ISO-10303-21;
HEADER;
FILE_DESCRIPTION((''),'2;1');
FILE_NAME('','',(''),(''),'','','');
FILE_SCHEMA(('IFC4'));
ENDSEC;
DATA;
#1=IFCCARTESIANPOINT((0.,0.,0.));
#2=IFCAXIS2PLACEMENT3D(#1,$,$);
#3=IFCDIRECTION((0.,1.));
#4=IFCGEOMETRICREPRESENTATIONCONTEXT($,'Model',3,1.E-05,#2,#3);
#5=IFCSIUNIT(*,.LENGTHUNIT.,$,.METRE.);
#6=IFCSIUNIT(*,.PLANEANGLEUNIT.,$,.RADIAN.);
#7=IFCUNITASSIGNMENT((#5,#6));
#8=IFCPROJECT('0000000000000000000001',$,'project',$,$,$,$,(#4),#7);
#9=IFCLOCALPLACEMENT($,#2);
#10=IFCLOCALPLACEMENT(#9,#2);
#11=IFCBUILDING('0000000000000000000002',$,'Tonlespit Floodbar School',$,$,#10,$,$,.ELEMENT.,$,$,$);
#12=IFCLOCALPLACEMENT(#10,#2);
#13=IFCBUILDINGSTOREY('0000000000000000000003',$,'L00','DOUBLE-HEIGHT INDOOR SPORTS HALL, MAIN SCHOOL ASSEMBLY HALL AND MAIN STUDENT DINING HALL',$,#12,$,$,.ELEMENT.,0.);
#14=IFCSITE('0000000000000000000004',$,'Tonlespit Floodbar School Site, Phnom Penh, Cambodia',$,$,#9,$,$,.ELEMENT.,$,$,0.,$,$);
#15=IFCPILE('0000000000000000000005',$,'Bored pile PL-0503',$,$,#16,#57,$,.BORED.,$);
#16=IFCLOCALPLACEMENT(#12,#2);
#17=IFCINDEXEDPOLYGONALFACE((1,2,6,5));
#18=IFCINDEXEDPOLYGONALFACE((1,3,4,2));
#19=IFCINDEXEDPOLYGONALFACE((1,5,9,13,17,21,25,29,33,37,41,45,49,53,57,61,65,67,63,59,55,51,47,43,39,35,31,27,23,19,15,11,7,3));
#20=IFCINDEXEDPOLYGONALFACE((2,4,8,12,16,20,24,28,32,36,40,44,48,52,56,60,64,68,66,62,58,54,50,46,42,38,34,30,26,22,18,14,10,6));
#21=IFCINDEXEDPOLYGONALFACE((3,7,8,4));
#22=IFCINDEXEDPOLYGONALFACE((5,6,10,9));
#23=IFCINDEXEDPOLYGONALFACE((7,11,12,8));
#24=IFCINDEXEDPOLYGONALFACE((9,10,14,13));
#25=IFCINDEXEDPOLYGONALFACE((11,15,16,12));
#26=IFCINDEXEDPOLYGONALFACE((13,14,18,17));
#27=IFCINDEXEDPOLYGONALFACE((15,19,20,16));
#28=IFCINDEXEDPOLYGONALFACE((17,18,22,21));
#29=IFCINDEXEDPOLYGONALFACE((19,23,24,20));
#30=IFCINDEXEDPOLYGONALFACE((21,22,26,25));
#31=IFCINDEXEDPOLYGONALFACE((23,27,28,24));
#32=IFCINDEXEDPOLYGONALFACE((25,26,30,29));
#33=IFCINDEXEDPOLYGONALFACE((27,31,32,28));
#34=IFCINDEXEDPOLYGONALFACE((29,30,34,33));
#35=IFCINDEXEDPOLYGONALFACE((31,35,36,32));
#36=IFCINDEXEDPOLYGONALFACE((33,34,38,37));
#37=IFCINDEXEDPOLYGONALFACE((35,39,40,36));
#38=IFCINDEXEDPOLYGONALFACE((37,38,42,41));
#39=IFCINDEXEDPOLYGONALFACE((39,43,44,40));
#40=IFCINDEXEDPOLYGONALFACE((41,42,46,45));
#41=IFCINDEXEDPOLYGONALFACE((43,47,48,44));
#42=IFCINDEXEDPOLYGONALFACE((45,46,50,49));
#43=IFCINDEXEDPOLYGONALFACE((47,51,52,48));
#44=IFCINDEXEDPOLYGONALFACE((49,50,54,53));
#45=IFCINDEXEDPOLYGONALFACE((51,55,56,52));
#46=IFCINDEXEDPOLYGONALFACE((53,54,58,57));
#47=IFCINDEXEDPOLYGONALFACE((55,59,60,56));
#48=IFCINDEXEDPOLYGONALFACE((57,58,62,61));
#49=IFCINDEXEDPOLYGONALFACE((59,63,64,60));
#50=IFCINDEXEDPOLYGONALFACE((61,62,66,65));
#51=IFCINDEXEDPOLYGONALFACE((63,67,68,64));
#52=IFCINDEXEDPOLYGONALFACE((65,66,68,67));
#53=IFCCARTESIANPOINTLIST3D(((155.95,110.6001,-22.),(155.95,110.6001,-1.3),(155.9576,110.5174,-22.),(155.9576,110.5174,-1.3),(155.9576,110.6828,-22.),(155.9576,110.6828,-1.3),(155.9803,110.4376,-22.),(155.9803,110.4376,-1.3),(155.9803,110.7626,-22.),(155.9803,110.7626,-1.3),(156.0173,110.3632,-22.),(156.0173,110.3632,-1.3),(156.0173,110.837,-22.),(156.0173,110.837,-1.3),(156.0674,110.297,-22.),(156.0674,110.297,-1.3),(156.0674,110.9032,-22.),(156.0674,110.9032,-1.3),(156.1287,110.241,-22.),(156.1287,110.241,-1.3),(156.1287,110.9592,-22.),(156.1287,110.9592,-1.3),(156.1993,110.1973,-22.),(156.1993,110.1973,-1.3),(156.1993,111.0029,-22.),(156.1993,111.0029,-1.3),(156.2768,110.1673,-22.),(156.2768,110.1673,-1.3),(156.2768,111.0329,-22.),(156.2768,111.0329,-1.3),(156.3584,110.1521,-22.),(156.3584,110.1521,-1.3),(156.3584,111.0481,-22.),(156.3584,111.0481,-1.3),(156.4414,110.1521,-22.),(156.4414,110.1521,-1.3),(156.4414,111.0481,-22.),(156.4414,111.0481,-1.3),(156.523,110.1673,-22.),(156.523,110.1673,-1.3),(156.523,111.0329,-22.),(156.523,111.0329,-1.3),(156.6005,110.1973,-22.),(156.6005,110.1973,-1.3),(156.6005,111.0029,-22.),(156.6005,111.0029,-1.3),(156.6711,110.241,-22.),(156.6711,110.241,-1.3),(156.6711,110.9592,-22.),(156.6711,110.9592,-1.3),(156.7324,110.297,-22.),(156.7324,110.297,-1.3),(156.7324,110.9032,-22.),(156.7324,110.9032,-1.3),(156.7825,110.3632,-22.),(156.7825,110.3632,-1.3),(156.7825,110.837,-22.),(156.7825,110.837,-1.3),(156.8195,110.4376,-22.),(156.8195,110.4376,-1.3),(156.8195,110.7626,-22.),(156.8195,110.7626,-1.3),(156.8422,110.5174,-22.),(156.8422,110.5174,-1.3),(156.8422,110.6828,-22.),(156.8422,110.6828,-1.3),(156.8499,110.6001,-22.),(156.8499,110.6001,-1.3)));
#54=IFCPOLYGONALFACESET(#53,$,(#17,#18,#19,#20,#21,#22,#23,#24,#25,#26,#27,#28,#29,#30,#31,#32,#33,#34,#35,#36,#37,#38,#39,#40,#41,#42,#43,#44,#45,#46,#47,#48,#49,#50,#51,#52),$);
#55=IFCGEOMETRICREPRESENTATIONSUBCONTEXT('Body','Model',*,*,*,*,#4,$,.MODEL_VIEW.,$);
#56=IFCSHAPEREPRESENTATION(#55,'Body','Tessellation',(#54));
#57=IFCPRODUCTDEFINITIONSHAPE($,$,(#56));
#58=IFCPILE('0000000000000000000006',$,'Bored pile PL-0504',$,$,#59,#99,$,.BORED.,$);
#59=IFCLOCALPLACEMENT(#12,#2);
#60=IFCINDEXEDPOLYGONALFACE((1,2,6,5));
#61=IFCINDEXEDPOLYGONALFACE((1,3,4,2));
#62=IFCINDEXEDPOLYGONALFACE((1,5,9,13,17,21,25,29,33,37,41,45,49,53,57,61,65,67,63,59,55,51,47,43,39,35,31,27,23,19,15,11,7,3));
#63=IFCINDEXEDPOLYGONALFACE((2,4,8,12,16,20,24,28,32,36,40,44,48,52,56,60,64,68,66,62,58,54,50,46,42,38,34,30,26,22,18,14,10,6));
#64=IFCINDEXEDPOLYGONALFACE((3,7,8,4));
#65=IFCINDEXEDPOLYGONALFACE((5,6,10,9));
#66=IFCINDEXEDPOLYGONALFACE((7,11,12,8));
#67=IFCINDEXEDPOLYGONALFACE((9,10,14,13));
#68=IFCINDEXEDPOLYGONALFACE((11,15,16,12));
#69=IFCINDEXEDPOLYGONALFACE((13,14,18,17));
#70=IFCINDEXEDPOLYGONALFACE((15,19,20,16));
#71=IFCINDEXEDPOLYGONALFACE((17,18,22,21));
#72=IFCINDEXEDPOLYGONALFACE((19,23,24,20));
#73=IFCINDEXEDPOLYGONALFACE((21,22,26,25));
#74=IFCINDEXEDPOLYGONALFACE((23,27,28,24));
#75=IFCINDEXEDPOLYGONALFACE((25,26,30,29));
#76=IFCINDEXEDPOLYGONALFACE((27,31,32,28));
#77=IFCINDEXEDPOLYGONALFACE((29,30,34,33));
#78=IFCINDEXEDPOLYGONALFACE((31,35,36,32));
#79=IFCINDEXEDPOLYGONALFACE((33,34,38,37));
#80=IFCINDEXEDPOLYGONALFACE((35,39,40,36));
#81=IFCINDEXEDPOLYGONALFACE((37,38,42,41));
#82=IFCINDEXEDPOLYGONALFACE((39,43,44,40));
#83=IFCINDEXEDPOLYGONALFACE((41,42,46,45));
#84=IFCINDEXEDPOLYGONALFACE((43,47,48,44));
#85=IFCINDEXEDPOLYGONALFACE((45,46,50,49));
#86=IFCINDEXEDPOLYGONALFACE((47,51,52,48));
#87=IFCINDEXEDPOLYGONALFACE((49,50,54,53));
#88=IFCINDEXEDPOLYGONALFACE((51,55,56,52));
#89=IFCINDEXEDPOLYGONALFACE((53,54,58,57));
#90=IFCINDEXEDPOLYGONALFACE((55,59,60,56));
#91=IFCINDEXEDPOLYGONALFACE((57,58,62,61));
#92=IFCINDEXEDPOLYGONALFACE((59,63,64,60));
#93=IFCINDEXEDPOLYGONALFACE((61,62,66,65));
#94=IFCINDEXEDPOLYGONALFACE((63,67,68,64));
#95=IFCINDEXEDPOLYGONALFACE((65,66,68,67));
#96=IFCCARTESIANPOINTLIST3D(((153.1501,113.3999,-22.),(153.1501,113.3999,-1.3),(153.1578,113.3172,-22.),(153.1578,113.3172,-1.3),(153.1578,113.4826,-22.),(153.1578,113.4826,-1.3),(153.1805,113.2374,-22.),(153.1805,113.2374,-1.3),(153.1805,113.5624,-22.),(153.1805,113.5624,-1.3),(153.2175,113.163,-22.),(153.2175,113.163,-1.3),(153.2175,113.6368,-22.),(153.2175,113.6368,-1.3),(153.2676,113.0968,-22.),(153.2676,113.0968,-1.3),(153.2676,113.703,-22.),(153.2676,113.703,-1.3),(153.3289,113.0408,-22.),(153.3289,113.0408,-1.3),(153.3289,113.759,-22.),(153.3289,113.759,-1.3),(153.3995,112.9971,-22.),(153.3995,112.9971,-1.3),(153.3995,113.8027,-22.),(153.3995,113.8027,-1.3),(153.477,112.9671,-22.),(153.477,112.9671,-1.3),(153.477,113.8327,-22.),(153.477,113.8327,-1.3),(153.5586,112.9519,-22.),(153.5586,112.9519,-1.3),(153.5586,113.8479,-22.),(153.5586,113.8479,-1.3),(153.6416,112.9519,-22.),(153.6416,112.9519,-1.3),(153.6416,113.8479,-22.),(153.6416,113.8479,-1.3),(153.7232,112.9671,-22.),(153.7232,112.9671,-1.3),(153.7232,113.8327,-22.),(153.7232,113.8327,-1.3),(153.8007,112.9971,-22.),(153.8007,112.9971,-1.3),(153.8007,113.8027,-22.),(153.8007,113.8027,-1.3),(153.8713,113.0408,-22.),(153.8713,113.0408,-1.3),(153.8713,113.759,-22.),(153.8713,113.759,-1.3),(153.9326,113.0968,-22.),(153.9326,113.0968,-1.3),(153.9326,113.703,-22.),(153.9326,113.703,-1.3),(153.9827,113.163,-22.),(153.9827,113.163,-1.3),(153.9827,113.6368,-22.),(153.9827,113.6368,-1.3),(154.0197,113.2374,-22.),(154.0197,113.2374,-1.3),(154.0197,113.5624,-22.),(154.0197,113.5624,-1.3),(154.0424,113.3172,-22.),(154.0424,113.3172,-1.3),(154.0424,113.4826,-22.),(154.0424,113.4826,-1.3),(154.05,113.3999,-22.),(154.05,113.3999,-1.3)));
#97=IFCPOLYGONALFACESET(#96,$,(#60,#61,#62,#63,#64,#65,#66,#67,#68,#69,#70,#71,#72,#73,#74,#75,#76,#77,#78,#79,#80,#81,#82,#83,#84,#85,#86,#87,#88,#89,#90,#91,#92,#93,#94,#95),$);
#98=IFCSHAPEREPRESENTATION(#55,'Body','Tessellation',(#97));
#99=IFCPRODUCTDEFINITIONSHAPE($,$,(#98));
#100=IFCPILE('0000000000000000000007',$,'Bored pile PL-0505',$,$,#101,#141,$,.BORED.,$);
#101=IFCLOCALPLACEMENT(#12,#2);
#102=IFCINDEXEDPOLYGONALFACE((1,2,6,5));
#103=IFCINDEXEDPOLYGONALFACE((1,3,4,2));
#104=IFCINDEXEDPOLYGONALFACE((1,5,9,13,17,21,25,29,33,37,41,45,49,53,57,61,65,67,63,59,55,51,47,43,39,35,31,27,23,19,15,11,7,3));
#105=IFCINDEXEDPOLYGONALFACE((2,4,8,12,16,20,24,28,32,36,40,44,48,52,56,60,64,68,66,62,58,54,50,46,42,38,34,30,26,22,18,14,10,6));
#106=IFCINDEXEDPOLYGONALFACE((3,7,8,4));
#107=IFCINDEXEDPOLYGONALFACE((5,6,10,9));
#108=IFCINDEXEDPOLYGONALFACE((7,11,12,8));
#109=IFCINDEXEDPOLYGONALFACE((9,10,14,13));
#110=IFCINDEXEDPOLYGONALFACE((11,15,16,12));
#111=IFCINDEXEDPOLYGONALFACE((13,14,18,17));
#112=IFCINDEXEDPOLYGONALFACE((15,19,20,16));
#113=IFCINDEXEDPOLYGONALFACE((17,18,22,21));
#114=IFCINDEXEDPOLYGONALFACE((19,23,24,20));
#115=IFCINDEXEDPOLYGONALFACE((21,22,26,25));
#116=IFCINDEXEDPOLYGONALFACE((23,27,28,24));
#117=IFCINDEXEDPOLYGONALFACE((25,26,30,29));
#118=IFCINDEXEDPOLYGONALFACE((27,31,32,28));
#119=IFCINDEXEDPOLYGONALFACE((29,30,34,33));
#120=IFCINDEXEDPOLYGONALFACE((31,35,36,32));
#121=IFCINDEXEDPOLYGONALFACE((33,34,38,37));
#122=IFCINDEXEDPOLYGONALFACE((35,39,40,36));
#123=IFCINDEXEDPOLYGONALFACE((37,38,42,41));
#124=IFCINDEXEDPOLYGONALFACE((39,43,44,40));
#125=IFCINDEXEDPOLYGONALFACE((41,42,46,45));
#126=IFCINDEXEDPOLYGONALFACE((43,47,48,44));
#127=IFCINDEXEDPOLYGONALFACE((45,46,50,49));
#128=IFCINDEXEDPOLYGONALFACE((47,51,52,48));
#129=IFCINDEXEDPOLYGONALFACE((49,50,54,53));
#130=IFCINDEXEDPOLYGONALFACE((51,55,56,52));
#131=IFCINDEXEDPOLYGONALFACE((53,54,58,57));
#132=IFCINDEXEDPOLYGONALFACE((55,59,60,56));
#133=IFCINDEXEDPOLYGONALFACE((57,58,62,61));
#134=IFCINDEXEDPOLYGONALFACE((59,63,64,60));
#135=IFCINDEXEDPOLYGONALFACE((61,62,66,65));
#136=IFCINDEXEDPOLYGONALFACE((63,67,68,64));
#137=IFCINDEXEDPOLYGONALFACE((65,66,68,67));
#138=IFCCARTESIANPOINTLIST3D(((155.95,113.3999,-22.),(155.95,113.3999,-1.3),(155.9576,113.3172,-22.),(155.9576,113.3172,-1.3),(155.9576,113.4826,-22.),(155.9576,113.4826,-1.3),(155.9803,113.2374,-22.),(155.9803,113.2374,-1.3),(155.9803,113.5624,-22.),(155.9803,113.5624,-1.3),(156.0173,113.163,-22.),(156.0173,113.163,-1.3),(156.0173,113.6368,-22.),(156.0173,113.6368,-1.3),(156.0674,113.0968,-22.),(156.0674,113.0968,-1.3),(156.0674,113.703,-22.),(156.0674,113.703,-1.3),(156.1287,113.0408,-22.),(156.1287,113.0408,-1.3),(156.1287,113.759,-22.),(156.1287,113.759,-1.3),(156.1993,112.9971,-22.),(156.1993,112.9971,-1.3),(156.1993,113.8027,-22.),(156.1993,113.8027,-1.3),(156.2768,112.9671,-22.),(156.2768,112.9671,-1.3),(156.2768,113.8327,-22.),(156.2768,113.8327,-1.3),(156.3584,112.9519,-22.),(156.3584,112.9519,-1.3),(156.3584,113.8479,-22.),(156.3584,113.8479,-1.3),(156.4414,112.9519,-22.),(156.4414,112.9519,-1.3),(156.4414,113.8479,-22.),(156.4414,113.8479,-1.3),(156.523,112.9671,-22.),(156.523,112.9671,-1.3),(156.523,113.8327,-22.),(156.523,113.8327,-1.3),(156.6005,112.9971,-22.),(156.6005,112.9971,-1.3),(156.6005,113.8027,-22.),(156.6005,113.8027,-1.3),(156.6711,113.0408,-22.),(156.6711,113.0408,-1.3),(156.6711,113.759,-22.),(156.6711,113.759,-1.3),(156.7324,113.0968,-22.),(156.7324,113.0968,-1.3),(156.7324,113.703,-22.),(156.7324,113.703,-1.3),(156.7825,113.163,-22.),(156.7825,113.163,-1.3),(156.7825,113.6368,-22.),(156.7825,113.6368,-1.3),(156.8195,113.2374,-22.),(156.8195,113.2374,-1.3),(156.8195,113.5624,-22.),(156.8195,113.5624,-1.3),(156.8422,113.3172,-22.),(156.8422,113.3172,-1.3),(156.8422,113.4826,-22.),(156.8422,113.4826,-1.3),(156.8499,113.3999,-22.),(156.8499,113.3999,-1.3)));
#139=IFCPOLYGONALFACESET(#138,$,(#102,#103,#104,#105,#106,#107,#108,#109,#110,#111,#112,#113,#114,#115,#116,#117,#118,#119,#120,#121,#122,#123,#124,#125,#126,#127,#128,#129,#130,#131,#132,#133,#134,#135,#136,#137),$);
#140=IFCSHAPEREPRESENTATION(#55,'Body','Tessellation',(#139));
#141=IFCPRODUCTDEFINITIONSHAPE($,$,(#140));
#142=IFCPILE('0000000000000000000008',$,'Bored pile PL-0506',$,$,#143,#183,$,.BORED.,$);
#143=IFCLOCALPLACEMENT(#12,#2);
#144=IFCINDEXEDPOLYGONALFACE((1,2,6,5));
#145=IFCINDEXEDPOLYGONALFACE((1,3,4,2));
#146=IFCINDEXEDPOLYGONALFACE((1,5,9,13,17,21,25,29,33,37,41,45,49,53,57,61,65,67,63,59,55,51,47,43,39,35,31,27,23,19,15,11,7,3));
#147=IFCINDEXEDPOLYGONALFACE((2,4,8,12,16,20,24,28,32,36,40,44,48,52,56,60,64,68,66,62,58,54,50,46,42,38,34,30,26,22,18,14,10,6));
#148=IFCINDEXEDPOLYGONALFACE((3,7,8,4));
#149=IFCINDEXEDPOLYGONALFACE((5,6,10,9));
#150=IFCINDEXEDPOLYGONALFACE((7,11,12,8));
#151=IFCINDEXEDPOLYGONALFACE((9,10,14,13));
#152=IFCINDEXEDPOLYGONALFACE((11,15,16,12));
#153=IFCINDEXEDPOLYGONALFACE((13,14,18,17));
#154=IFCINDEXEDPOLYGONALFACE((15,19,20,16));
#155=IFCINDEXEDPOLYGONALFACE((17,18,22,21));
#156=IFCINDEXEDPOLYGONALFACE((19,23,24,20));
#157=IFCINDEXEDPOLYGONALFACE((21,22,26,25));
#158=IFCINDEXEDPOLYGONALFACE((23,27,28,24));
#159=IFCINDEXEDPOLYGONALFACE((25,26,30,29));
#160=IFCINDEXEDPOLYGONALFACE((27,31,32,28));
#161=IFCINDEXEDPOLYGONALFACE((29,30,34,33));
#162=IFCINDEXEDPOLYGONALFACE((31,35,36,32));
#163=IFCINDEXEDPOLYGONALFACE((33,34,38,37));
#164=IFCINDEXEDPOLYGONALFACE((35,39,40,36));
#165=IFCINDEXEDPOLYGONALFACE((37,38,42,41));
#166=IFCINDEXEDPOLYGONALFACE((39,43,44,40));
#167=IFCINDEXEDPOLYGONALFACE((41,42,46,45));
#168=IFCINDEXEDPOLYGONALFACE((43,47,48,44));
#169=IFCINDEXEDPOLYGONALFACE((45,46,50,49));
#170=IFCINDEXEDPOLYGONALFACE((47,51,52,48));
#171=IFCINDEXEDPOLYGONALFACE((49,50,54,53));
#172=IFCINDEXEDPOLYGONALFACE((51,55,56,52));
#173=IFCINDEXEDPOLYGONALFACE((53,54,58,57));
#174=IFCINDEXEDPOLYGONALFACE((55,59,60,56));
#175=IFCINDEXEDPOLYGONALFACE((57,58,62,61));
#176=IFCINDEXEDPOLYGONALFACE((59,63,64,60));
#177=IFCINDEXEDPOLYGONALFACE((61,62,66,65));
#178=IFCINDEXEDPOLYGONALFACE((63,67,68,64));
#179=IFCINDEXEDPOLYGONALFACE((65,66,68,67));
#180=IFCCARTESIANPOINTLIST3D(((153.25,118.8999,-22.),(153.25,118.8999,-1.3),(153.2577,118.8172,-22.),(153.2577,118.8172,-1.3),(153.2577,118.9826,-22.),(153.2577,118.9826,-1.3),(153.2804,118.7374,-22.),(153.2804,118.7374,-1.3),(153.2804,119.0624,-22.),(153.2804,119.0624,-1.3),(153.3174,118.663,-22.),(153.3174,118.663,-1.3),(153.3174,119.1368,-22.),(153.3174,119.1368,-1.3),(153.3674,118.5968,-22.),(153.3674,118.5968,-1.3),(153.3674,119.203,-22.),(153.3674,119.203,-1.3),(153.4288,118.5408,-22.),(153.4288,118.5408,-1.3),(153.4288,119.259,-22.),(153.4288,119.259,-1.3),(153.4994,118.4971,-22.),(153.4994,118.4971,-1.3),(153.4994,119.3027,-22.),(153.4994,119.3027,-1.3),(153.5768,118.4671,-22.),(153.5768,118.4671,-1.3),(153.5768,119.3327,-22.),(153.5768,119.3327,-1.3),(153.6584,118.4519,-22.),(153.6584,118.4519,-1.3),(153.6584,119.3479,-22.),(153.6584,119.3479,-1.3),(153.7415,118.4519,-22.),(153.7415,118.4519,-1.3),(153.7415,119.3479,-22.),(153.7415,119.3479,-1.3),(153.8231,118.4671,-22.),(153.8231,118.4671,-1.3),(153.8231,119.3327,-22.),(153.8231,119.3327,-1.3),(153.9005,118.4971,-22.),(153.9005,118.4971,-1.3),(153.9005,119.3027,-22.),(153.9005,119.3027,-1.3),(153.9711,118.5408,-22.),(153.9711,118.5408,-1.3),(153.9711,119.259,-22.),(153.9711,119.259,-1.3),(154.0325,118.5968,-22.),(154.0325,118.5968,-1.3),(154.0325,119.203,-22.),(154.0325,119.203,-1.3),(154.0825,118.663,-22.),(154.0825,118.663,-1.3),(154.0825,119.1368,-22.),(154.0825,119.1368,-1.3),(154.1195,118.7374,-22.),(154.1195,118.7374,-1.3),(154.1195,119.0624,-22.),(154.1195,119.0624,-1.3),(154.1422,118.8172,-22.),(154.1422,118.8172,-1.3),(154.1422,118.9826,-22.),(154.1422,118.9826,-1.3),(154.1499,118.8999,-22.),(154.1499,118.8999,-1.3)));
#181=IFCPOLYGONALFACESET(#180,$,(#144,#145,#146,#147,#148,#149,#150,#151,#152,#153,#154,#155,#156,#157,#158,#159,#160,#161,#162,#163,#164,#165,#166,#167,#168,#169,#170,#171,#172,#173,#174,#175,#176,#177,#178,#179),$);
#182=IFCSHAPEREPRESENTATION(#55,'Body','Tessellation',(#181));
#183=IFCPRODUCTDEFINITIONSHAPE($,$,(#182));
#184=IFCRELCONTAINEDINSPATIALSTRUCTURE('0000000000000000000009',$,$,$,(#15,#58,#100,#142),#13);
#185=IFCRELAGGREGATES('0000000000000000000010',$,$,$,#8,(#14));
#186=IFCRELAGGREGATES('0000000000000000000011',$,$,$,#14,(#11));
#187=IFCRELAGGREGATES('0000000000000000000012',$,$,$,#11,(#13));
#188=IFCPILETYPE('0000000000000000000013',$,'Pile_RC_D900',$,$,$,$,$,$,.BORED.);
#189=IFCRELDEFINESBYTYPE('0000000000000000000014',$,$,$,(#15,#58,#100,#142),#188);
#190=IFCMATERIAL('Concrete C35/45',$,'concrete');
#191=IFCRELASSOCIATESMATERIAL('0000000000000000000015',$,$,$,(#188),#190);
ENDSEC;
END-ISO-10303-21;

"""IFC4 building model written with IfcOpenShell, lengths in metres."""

from ifc_helpers import new_model, si_unit, direction, frame, origin, origin_2d, place, context, subcontext, project, spatial, circle, extrude, material, material_profile, profile_set, type_object, element, save


model = new_model("IFC4")

# Units and contexts
model_context = context("Model", 3, precision=1e-05, world=origin(), true_north=direction((0.0, 1.0)))
body_context = subcontext(model_context, "Body", "Model", "MODEL_VIEW")
ifc_project = project(units=[si_unit("LENGTHUNIT", "METRE"), si_unit("PLANEANGLEUNIT", "RADIAN")], contexts=[model_context])

# Site, building, storey
site_placement = place(None, origin())
site = spatial("IfcSite", under=ifc_project, at=site_placement, Name="Tonlespit Floodbar School Site, Phnom Penh, Cambodia", CompositionType="ELEMENT", RefElevation=0.0)
building_placement = place(site_placement, origin())
building = spatial("IfcBuilding", under=site, at=building_placement, Name="Tonlespit Floodbar School", CompositionType="ELEMENT")
storey_placement = place(building_placement, origin())
storey = spatial("IfcBuildingStorey", under=building, at=storey_placement, Name="L00", Description="DOUBLE-HEIGHT INDOOR SPORTS HALL, MAIN SCHOOL ASSEMBLY HALL AND MAIN STUDENT DINING HALL", CompositionType="ELEMENT", Elevation=0.0)

# Piles
ifc_material_1 = material(Name="Concrete C35/45", Category="concrete")
ifc_material_profile_1 = material_profile(ifc_material_1, circle(Radius=0.45, at=origin_2d()), Name="BP D900")
ifc_profile_set_1 = profile_set([ifc_material_profile_1], Name="Concrete C35/45")
pile_type_1 = type_object("IfcPileType", Name="Pile_RC_D900", PredefinedType="BORED", material=ifc_profile_set_1)
for number, where, z_axis, x_axis, name in (
    (1, (156.3999, 110.6001, -1.3), (0.0, 0.0, -1.0), (1.0, 0.0, 0.0), "Bored pile PL-0503"),
    (2, (153.6001, 113.3999, -1.3), (0.0, 0.0, -1.0), (1.0, 0.0, 0.0), "Bored pile PL-0504"),
    (3, (156.3999, 113.3999, -1.3), (0.0, 0.0, -1.0), (1.0, 0.0, 0.0), "Bored pile PL-0505"),
    (4, (153.7, 118.8999, -1.3), (0.0, 0.0, -1.0), (1.0, 0.0, 0.0), "Bored pile PL-0506"),
):
    element("IfcPile", number, at=place(storey_placement, frame(where, z_axis=z_axis, x_axis=x_axis)), inside=storey, type_object=pile_type_1, Name=name, PredefinedType="BORED", context=body_context, shape_type="SweptSolid", body=[
        extrude(circle(Radius=0.45, at=origin_2d()), origin(), (0.0, 0.0, 1.0), 20.7),
    ])

save(model, "model.ifc")
